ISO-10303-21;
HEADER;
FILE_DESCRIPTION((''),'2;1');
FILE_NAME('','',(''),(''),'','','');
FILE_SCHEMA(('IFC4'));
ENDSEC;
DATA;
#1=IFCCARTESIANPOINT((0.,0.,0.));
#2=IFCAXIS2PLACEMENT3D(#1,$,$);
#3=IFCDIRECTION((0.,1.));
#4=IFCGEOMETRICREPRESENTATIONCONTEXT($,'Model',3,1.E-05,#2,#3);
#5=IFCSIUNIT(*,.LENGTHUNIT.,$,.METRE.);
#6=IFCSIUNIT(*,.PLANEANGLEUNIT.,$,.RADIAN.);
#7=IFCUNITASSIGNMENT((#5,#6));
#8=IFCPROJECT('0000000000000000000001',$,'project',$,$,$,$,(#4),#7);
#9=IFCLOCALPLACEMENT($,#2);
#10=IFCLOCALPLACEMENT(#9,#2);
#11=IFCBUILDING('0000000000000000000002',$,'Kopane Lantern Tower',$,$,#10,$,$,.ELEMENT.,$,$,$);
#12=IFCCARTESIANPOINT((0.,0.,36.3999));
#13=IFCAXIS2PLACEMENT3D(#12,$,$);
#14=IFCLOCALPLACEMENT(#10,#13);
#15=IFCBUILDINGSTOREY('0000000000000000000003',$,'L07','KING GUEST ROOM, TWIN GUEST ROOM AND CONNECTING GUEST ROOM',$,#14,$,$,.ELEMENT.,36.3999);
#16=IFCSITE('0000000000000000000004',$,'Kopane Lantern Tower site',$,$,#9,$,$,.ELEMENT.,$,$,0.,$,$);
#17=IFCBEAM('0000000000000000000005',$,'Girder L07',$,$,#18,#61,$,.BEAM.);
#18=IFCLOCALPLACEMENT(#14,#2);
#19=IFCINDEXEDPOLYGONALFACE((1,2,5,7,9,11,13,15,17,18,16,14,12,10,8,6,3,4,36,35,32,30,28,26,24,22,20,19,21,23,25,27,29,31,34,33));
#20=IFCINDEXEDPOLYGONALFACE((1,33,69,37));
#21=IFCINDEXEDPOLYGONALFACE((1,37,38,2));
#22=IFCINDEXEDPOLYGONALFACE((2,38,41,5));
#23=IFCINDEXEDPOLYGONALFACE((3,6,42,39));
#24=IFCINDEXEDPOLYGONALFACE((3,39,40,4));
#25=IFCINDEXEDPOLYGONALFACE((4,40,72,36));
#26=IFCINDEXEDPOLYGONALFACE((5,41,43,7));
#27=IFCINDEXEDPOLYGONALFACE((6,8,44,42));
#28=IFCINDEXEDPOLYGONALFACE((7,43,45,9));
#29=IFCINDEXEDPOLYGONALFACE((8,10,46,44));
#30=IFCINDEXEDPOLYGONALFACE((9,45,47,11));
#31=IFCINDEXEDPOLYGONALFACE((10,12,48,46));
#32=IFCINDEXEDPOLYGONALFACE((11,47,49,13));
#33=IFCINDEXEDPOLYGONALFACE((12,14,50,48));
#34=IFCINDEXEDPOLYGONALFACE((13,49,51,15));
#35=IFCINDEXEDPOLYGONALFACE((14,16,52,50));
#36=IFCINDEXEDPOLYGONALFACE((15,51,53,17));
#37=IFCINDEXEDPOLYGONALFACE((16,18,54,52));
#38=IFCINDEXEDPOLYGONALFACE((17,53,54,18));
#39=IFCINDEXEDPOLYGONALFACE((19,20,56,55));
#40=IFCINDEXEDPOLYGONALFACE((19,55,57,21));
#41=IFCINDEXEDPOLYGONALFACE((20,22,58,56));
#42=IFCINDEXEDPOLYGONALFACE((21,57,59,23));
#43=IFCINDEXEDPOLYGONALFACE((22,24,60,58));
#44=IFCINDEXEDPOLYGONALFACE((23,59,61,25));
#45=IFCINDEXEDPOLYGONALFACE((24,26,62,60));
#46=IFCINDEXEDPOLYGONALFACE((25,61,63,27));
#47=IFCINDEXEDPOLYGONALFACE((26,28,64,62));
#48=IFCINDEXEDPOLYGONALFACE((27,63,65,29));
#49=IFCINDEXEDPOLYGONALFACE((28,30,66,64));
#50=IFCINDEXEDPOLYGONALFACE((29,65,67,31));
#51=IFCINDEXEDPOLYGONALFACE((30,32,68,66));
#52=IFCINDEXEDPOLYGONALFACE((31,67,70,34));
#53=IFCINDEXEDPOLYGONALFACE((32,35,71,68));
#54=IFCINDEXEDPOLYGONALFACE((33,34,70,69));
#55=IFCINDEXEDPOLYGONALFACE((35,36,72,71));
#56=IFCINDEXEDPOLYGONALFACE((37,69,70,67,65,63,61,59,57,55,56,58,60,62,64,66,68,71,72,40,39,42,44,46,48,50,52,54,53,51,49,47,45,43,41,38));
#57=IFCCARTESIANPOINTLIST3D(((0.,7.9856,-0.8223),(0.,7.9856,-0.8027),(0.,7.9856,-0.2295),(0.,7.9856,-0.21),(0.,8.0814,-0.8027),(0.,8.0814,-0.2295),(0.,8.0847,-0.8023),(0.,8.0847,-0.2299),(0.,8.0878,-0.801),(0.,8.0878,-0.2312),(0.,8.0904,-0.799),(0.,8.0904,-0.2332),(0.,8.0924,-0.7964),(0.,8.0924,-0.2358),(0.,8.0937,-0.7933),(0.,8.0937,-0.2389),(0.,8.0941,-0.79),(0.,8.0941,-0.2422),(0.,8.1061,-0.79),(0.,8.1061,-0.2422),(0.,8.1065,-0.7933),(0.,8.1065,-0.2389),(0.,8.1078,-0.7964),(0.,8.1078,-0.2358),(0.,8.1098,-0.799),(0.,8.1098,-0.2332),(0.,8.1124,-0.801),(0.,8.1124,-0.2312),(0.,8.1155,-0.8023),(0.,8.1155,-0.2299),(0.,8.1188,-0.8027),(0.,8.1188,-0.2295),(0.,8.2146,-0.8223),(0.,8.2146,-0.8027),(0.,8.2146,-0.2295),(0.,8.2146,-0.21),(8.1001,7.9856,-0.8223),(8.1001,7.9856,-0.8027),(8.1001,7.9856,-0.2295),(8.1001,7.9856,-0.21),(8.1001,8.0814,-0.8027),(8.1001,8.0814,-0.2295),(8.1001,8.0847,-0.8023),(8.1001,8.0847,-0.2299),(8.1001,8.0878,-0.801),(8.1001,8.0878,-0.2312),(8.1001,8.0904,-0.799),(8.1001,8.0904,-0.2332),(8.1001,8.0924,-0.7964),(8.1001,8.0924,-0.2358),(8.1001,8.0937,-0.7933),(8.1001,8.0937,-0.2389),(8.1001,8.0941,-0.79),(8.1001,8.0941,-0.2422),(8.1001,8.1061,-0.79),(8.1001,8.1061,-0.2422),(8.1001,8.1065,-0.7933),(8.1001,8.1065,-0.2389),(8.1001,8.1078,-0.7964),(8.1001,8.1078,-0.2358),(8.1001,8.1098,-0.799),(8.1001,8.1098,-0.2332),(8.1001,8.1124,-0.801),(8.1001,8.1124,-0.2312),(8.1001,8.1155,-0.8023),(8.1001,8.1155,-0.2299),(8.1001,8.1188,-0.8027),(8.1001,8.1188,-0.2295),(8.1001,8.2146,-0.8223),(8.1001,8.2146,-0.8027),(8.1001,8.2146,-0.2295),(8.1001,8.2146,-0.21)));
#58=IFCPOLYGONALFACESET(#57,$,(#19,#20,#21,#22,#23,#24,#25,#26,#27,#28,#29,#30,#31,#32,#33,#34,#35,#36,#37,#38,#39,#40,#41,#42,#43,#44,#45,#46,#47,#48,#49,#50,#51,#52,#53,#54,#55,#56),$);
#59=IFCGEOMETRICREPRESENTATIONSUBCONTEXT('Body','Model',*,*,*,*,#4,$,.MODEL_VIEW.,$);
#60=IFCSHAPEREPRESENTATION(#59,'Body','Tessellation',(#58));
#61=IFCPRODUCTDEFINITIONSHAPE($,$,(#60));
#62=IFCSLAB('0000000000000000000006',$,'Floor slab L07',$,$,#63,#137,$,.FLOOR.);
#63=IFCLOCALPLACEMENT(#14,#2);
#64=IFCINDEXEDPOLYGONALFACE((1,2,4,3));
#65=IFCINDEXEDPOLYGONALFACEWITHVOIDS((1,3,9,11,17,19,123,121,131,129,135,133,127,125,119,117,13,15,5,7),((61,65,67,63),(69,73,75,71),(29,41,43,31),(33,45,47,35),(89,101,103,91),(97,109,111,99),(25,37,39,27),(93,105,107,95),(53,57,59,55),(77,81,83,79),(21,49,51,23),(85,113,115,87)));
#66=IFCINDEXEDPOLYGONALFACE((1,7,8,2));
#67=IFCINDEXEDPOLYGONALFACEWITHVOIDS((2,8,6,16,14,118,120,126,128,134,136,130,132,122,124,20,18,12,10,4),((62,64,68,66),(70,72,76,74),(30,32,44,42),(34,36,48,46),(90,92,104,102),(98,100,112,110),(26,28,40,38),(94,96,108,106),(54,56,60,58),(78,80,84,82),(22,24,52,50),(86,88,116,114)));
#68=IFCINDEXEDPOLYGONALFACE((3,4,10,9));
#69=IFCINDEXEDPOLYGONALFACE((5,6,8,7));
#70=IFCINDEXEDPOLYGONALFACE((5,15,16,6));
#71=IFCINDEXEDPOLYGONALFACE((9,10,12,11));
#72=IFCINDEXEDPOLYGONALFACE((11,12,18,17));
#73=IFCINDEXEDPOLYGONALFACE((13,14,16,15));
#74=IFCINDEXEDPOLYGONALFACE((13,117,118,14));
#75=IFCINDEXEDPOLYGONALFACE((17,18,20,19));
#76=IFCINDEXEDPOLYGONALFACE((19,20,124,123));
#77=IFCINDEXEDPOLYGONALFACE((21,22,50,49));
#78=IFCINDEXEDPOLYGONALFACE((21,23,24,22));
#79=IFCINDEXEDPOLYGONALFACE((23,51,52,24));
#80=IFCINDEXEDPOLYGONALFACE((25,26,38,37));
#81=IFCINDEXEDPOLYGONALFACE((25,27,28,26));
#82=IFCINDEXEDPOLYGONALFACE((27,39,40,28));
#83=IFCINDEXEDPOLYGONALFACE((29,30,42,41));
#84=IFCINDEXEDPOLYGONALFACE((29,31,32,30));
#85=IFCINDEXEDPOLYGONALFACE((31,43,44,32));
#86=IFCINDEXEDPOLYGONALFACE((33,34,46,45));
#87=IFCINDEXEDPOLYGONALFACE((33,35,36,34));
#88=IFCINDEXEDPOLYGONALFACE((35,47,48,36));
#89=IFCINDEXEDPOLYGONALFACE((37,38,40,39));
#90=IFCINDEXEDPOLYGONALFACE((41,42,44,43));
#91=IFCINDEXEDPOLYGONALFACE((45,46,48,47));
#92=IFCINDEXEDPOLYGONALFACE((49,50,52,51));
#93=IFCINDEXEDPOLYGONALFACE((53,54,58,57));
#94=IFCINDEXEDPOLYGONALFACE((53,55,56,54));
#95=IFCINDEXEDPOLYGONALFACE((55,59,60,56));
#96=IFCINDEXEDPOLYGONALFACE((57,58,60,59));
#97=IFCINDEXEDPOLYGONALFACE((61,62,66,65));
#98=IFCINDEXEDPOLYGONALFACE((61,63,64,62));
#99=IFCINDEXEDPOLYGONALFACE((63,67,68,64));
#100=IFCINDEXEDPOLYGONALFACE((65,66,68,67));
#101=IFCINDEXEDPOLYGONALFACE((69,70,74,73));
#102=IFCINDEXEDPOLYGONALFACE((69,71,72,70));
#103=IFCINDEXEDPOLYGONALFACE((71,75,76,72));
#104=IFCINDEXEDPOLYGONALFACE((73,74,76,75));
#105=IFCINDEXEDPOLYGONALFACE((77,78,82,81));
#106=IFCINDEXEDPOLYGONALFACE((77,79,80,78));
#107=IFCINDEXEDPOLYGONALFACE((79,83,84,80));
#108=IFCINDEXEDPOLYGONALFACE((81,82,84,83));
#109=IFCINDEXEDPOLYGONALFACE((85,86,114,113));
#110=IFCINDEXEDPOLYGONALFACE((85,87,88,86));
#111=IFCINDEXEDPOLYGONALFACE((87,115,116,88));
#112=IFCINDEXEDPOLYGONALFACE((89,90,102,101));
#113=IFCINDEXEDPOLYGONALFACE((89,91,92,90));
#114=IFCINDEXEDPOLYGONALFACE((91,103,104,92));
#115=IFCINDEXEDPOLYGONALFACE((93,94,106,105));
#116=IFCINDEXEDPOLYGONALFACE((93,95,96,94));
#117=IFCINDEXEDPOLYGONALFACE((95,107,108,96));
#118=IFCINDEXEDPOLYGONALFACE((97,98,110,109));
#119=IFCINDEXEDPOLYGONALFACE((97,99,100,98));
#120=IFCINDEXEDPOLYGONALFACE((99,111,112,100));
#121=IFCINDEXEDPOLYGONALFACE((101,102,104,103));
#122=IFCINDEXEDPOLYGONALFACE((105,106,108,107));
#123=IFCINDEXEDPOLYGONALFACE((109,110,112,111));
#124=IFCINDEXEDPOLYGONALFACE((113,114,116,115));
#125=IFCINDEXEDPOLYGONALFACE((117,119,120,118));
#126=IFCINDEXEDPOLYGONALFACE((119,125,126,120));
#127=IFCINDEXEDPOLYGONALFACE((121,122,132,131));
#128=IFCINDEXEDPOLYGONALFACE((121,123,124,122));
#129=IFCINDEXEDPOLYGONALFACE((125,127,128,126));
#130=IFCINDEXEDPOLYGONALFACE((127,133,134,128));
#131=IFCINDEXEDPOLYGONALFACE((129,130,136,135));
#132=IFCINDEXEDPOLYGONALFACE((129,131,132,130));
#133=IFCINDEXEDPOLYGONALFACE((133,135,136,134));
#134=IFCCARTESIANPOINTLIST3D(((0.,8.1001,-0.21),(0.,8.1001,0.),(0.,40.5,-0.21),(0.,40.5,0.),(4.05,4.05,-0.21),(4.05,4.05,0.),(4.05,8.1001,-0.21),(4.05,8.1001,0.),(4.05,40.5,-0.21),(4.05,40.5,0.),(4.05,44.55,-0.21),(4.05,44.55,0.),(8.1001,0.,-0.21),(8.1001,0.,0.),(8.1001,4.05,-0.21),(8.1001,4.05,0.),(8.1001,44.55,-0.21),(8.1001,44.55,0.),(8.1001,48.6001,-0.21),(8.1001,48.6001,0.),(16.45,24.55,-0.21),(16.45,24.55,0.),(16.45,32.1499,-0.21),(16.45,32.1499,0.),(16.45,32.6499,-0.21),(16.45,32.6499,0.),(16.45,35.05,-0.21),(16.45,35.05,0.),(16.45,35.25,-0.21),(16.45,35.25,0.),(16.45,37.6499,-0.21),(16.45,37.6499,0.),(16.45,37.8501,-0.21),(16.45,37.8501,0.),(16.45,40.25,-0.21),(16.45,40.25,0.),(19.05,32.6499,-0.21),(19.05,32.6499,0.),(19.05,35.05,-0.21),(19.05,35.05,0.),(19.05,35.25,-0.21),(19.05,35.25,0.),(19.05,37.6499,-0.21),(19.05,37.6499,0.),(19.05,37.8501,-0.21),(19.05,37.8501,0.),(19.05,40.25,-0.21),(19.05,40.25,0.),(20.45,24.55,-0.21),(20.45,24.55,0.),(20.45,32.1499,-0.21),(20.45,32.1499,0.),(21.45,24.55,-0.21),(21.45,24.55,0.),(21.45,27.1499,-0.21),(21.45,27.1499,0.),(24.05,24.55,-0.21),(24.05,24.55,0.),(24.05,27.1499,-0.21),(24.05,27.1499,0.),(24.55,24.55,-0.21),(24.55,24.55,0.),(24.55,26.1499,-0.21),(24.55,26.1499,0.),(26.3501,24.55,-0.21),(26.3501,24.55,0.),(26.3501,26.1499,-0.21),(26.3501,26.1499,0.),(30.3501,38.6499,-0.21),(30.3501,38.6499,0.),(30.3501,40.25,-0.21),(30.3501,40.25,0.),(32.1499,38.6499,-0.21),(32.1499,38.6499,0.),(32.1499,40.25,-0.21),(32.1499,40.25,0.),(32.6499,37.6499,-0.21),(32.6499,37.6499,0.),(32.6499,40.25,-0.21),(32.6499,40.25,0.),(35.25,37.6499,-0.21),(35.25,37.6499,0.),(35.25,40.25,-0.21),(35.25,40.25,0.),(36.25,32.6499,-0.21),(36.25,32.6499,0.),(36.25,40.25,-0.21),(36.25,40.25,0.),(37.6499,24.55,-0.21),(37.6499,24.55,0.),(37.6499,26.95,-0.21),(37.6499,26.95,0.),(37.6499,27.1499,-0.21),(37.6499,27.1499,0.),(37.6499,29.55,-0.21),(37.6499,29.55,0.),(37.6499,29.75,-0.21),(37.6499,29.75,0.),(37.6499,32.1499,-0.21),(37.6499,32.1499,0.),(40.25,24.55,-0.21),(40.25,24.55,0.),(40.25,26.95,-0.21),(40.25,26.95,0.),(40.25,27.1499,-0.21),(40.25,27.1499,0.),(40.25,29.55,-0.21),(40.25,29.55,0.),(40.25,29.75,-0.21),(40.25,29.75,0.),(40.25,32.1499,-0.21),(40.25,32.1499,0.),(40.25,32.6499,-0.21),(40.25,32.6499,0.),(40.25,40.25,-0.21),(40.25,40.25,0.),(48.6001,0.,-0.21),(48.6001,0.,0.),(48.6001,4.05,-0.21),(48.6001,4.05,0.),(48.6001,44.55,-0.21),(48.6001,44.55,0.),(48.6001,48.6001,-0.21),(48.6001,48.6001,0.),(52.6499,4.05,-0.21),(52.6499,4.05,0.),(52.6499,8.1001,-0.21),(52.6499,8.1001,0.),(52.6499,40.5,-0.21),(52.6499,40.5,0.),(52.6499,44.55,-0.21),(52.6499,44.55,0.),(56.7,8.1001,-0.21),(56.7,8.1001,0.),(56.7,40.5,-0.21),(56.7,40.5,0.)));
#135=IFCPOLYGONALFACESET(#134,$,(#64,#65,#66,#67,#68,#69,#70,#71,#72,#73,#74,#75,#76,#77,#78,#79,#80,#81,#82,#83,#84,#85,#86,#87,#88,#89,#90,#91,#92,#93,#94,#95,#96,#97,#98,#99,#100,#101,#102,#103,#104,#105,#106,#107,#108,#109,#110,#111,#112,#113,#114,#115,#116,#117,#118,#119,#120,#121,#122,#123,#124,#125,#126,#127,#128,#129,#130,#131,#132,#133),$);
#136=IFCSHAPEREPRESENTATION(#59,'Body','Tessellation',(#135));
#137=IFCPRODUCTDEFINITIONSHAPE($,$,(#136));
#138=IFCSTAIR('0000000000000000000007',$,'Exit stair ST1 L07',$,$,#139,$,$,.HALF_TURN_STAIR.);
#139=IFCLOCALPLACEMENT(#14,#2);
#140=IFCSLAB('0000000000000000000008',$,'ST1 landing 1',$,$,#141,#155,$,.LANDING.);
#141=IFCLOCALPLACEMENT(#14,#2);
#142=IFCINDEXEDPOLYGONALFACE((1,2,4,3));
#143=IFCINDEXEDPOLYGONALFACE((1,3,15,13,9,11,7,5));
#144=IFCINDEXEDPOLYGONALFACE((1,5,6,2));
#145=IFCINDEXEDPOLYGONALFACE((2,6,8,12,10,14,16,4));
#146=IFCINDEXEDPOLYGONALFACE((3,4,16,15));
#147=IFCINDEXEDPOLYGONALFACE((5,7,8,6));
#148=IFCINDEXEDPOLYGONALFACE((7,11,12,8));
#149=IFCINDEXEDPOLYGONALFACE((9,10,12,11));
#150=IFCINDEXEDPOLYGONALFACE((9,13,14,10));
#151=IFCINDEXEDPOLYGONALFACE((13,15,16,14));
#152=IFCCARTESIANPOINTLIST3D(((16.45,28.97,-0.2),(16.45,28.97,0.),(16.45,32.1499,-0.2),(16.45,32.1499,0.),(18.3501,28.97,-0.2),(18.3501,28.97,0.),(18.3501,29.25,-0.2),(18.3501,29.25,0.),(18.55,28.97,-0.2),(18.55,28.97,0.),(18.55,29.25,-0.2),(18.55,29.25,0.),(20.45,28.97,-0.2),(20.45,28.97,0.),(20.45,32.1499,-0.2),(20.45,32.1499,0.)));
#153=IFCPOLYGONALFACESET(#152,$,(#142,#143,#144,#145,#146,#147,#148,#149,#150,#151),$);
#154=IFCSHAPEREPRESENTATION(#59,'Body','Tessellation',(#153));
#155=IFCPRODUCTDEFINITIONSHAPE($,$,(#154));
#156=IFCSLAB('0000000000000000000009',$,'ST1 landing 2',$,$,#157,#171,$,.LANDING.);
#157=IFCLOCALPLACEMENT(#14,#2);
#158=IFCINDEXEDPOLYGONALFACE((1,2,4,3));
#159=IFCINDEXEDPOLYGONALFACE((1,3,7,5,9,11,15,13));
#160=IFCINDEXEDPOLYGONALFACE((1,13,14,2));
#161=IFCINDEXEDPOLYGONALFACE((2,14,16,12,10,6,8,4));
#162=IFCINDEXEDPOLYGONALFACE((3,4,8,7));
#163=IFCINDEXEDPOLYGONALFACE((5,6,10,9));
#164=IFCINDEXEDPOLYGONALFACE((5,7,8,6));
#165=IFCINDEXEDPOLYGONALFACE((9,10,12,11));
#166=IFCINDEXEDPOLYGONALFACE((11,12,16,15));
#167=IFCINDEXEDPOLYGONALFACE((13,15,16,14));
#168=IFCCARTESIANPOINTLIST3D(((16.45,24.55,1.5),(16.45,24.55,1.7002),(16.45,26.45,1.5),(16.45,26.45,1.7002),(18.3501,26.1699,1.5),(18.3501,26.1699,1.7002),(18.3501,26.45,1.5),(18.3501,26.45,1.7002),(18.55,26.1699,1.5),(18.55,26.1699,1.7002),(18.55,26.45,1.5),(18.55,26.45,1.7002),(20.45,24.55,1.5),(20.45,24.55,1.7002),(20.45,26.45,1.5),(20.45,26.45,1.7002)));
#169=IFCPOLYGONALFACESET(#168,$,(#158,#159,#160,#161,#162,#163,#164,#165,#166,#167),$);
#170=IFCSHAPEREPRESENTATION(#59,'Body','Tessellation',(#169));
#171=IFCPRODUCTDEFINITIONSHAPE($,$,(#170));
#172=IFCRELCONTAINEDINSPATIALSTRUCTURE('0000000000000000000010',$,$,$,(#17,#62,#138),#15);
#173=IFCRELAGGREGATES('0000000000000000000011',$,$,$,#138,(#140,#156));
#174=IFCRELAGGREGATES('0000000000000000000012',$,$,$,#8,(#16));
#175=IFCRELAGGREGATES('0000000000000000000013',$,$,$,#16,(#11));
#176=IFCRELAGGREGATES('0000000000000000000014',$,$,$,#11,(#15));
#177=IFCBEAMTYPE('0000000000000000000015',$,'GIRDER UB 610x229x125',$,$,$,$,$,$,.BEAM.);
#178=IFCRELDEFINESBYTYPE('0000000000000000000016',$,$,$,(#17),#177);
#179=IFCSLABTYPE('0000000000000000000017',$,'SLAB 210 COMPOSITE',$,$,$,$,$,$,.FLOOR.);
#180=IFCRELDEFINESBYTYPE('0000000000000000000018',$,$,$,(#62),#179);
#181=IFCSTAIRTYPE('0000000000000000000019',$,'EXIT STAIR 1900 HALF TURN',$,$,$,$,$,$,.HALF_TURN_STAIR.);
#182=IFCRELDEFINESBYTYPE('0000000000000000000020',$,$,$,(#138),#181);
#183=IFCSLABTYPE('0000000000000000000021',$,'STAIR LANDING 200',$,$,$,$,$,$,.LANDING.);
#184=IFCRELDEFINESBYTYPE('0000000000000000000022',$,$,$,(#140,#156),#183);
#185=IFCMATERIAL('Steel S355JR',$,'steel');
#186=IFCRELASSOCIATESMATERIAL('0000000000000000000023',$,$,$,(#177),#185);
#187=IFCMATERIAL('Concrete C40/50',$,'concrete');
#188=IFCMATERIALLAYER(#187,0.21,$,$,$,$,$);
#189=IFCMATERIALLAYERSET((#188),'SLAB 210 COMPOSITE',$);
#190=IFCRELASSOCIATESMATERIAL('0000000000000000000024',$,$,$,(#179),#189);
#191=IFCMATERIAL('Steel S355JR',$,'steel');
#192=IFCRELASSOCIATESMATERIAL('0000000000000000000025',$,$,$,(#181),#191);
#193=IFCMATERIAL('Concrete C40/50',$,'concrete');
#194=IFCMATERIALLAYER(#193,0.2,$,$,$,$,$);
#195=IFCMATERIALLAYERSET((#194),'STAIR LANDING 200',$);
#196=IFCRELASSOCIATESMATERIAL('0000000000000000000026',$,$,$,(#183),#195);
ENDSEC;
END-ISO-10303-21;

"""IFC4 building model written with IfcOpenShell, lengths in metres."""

from ifc_helpers import new_model, si_unit, direction, frame, origin, origin_2d, place, context, subcontext, project, spatial, polyline, i_section, outline, extrude, material, layer, layer_set, material_profile, profile_set, type_object, element, aggregate, save


model = new_model("IFC4")

# Units and contexts
model_context = context("Model", 3, precision=1e-05, world=origin(), true_north=direction((0.0, 1.0)))
body_context = subcontext(model_context, "Body", "Model", "MODEL_VIEW")
ifc_project = project(units=[si_unit("LENGTHUNIT", "METRE"), si_unit("PLANEANGLEUNIT", "RADIAN")], contexts=[model_context])

# Site, building, storey
site_placement = place(None, origin())
site = spatial("IfcSite", under=ifc_project, at=site_placement, Name="Kopane Lantern Tower site", CompositionType="ELEMENT", RefElevation=0.0)
building_placement = place(site_placement, origin())
building = spatial("IfcBuilding", under=site, at=building_placement, Name="Kopane Lantern Tower", CompositionType="ELEMENT")
storey_placement = place(building_placement, frame((0.0, 0.0, 36.3999)))
storey = spatial("IfcBuildingStorey", under=building, at=storey_placement, Name="L07", Description="KING GUEST ROOM, TWIN GUEST ROOM AND CONNECTING GUEST ROOM", CompositionType="ELEMENT", Elevation=36.3999)

# Beam
ifc_material_1 = material(Name="Steel S355JR", Category="steel")
ifc_material_profile_1 = material_profile(ifc_material_1, i_section(OverallWidth=0.229, OverallDepth=0.6123, WebThickness=0.012, FlangeThickness=0.0195, FilletRadius=0.0127, at=origin_2d()), Name="UB 610x229x125")
ifc_profile_set_1 = profile_set([ifc_material_profile_1], Name="Steel S355JR")
beam_type_1 = type_object("IfcBeamType", Name="GIRDER UB 610x229x125", PredefinedType="BEAM", material=ifc_profile_set_1)
beam_1_placement = place(storey_placement, frame((0.0, 8.1001, -0.5161), z_axis=(1.0, 0.0, 0.0), x_axis=(0.0, 1.0, 0.0)))
element("IfcBeam", 1, at=beam_1_placement, inside=storey, type_object=beam_type_1, Name="Girder L07", PredefinedType="BEAM", context=body_context, shape_type="SweptSolid", body=[
    extrude(i_section(OverallWidth=0.229, OverallDepth=0.6123, WebThickness=0.012, FlangeThickness=0.0195, FilletRadius=0.0127, at=origin_2d()), origin(), (0.0, 0.0, 1.0), 8.1001),
])

# Slab
ifc_material_2 = material(Name="Concrete C40/50", Category="concrete")
ifc_layer_1 = layer(ifc_material_2, 0.21)
ifc_layer_set_1 = layer_set([ifc_layer_1], Name="SLAB 210 COMPOSITE")
slab_type_1 = type_object("IfcSlabType", Name="SLAB 210 COMPOSITE", PredefinedType="FLOOR", material=ifc_layer_set_1)
slab_1_placement = place(storey_placement, frame((0.0, 0.0, -0.21)))
element("IfcSlab", 2, at=slab_1_placement, inside=storey, type_object=slab_type_1, Name="Floor slab L07", PredefinedType="FLOOR", context=body_context, shape_type="SweptSolid", body=[
    extrude(outline(polyline([(8.1001, 0.0), (48.6001, 0.0), (48.6001, 4.05), (52.6499, 4.05), (52.6499, 8.1001), (56.7, 8.1001), (56.7, 40.5), (52.6499, 40.5), (52.6499, 44.55), (48.6001, 44.55), (48.6001, 48.6001), (8.1001, 48.6001), (8.1001, 44.55), (4.05, 44.55), (4.05, 40.5), (0.0, 40.5), (0.0, 8.1001), (4.05, 8.1001), (4.05, 4.05), (8.1001, 4.05), (8.1001, 0.0)]), holes=[polyline([(16.45, 24.55), (20.45, 24.55), (20.45, 32.1499), (16.45, 32.1499), (16.45, 24.55)]), polyline([(36.25, 32.6499), (40.25, 32.6499), (40.25, 40.25), (36.25, 40.25), (36.25, 32.6499)]), polyline([(16.45, 32.6499), (19.05, 32.6499), (19.05, 35.05), (16.45, 35.05), (16.45, 32.6499)]), polyline([(16.45, 35.25), (19.05, 35.25), (19.05, 37.6499), (16.45, 37.6499), (16.45, 35.25)]), polyline([(16.45, 37.8501), (19.05, 37.8501), (19.05, 40.25), (16.45, 40.25), (16.45, 37.8501)]), polyline([(37.6499, 24.55), (40.25, 24.55), (40.25, 26.95), (37.6499, 26.95), (37.6499, 24.55)]), polyline([(37.6499, 27.1499), (40.25, 27.1499), (40.25, 29.55), (37.6499, 29.55), (37.6499, 27.1499)]), polyline([(37.6499, 29.75), (40.25, 29.75), (40.25, 32.1499), (37.6499, 32.1499), (37.6499, 29.75)]), polyline([(21.45, 24.55), (24.05, 24.55), (24.05, 27.1499), (21.45, 27.1499), (21.45, 24.55)]), polyline([(32.6499, 37.6499), (35.25, 37.6499), (35.25, 40.25), (32.6499, 40.25), (32.6499, 37.6499)]), polyline([(24.55, 24.55), (26.3501, 24.55), (26.3501, 26.1499), (24.55, 26.1499), (24.55, 24.55)]), polyline([(30.3501, 38.6499), (32.1499, 38.6499), (32.1499, 40.25), (30.3501, 40.25), (30.3501, 38.6499)])]), origin(), (0.0, 0.0, 1.0), 0.21),
])

# Stair, slabs
ifc_material_3 = material(Name="Steel S355JR", Category="steel")
stair_type = type_object("IfcStairType", Name="EXIT STAIR 1900 HALF TURN", PredefinedType="HALF_TURN_STAIR", material=ifc_material_3)
stair_1_placement = place(storey_placement, origin())
stair_1 = element("IfcStair", 3, at=stair_1_placement, inside=storey, type_object=stair_type, Name="Exit stair ST1 L07", PredefinedType="HALF_TURN_STAIR")
ifc_material_4 = material(Name="Concrete C40/50", Category="concrete")
ifc_layer_2 = layer(ifc_material_4, 0.2)
ifc_layer_set_2 = layer_set([ifc_layer_2], Name="STAIR LANDING 200")
slab_type_2 = type_object("IfcSlabType", Name="STAIR LANDING 200", PredefinedType="LANDING", material=ifc_layer_set_2)
slab_2_placement = place(storey_placement, frame((0.0, 0.0, -0.2)))
slab_2 = element("IfcSlab", 4, at=slab_2_placement, type_object=slab_type_2, Name="ST1 landing 1", PredefinedType="LANDING", context=body_context, shape_type="SweptSolid", body=[
    extrude(outline(polyline([(18.3501, 29.25), (18.55, 29.25), (18.55, 28.97), (20.45, 28.97), (20.45, 32.1499), (16.45, 32.1499), (16.45, 28.97), (18.3501, 28.97), (18.3501, 29.25)])), origin(), (0.0, 0.0, 1.0), 0.2),
])
slab_3_placement = place(storey_placement, frame((0.0, 0.0, 1.5)))
slab_3 = element("IfcSlab", 5, at=slab_3_placement, type_object=slab_type_2, Name="ST1 landing 2", PredefinedType="LANDING", context=body_context, shape_type="SweptSolid", body=[
    extrude(outline(polyline([(20.45, 26.45), (18.55, 26.45), (18.55, 26.1699), (18.3501, 26.1699), (18.3501, 26.45), (16.45, 26.45), (16.45, 24.55), (20.45, 24.55), (20.45, 26.45)])), origin(), (0.0, 0.0, 1.0), 0.2002),
])
aggregate(stair_1, [slab_2, slab_3])

save(model, "model.ifc")
